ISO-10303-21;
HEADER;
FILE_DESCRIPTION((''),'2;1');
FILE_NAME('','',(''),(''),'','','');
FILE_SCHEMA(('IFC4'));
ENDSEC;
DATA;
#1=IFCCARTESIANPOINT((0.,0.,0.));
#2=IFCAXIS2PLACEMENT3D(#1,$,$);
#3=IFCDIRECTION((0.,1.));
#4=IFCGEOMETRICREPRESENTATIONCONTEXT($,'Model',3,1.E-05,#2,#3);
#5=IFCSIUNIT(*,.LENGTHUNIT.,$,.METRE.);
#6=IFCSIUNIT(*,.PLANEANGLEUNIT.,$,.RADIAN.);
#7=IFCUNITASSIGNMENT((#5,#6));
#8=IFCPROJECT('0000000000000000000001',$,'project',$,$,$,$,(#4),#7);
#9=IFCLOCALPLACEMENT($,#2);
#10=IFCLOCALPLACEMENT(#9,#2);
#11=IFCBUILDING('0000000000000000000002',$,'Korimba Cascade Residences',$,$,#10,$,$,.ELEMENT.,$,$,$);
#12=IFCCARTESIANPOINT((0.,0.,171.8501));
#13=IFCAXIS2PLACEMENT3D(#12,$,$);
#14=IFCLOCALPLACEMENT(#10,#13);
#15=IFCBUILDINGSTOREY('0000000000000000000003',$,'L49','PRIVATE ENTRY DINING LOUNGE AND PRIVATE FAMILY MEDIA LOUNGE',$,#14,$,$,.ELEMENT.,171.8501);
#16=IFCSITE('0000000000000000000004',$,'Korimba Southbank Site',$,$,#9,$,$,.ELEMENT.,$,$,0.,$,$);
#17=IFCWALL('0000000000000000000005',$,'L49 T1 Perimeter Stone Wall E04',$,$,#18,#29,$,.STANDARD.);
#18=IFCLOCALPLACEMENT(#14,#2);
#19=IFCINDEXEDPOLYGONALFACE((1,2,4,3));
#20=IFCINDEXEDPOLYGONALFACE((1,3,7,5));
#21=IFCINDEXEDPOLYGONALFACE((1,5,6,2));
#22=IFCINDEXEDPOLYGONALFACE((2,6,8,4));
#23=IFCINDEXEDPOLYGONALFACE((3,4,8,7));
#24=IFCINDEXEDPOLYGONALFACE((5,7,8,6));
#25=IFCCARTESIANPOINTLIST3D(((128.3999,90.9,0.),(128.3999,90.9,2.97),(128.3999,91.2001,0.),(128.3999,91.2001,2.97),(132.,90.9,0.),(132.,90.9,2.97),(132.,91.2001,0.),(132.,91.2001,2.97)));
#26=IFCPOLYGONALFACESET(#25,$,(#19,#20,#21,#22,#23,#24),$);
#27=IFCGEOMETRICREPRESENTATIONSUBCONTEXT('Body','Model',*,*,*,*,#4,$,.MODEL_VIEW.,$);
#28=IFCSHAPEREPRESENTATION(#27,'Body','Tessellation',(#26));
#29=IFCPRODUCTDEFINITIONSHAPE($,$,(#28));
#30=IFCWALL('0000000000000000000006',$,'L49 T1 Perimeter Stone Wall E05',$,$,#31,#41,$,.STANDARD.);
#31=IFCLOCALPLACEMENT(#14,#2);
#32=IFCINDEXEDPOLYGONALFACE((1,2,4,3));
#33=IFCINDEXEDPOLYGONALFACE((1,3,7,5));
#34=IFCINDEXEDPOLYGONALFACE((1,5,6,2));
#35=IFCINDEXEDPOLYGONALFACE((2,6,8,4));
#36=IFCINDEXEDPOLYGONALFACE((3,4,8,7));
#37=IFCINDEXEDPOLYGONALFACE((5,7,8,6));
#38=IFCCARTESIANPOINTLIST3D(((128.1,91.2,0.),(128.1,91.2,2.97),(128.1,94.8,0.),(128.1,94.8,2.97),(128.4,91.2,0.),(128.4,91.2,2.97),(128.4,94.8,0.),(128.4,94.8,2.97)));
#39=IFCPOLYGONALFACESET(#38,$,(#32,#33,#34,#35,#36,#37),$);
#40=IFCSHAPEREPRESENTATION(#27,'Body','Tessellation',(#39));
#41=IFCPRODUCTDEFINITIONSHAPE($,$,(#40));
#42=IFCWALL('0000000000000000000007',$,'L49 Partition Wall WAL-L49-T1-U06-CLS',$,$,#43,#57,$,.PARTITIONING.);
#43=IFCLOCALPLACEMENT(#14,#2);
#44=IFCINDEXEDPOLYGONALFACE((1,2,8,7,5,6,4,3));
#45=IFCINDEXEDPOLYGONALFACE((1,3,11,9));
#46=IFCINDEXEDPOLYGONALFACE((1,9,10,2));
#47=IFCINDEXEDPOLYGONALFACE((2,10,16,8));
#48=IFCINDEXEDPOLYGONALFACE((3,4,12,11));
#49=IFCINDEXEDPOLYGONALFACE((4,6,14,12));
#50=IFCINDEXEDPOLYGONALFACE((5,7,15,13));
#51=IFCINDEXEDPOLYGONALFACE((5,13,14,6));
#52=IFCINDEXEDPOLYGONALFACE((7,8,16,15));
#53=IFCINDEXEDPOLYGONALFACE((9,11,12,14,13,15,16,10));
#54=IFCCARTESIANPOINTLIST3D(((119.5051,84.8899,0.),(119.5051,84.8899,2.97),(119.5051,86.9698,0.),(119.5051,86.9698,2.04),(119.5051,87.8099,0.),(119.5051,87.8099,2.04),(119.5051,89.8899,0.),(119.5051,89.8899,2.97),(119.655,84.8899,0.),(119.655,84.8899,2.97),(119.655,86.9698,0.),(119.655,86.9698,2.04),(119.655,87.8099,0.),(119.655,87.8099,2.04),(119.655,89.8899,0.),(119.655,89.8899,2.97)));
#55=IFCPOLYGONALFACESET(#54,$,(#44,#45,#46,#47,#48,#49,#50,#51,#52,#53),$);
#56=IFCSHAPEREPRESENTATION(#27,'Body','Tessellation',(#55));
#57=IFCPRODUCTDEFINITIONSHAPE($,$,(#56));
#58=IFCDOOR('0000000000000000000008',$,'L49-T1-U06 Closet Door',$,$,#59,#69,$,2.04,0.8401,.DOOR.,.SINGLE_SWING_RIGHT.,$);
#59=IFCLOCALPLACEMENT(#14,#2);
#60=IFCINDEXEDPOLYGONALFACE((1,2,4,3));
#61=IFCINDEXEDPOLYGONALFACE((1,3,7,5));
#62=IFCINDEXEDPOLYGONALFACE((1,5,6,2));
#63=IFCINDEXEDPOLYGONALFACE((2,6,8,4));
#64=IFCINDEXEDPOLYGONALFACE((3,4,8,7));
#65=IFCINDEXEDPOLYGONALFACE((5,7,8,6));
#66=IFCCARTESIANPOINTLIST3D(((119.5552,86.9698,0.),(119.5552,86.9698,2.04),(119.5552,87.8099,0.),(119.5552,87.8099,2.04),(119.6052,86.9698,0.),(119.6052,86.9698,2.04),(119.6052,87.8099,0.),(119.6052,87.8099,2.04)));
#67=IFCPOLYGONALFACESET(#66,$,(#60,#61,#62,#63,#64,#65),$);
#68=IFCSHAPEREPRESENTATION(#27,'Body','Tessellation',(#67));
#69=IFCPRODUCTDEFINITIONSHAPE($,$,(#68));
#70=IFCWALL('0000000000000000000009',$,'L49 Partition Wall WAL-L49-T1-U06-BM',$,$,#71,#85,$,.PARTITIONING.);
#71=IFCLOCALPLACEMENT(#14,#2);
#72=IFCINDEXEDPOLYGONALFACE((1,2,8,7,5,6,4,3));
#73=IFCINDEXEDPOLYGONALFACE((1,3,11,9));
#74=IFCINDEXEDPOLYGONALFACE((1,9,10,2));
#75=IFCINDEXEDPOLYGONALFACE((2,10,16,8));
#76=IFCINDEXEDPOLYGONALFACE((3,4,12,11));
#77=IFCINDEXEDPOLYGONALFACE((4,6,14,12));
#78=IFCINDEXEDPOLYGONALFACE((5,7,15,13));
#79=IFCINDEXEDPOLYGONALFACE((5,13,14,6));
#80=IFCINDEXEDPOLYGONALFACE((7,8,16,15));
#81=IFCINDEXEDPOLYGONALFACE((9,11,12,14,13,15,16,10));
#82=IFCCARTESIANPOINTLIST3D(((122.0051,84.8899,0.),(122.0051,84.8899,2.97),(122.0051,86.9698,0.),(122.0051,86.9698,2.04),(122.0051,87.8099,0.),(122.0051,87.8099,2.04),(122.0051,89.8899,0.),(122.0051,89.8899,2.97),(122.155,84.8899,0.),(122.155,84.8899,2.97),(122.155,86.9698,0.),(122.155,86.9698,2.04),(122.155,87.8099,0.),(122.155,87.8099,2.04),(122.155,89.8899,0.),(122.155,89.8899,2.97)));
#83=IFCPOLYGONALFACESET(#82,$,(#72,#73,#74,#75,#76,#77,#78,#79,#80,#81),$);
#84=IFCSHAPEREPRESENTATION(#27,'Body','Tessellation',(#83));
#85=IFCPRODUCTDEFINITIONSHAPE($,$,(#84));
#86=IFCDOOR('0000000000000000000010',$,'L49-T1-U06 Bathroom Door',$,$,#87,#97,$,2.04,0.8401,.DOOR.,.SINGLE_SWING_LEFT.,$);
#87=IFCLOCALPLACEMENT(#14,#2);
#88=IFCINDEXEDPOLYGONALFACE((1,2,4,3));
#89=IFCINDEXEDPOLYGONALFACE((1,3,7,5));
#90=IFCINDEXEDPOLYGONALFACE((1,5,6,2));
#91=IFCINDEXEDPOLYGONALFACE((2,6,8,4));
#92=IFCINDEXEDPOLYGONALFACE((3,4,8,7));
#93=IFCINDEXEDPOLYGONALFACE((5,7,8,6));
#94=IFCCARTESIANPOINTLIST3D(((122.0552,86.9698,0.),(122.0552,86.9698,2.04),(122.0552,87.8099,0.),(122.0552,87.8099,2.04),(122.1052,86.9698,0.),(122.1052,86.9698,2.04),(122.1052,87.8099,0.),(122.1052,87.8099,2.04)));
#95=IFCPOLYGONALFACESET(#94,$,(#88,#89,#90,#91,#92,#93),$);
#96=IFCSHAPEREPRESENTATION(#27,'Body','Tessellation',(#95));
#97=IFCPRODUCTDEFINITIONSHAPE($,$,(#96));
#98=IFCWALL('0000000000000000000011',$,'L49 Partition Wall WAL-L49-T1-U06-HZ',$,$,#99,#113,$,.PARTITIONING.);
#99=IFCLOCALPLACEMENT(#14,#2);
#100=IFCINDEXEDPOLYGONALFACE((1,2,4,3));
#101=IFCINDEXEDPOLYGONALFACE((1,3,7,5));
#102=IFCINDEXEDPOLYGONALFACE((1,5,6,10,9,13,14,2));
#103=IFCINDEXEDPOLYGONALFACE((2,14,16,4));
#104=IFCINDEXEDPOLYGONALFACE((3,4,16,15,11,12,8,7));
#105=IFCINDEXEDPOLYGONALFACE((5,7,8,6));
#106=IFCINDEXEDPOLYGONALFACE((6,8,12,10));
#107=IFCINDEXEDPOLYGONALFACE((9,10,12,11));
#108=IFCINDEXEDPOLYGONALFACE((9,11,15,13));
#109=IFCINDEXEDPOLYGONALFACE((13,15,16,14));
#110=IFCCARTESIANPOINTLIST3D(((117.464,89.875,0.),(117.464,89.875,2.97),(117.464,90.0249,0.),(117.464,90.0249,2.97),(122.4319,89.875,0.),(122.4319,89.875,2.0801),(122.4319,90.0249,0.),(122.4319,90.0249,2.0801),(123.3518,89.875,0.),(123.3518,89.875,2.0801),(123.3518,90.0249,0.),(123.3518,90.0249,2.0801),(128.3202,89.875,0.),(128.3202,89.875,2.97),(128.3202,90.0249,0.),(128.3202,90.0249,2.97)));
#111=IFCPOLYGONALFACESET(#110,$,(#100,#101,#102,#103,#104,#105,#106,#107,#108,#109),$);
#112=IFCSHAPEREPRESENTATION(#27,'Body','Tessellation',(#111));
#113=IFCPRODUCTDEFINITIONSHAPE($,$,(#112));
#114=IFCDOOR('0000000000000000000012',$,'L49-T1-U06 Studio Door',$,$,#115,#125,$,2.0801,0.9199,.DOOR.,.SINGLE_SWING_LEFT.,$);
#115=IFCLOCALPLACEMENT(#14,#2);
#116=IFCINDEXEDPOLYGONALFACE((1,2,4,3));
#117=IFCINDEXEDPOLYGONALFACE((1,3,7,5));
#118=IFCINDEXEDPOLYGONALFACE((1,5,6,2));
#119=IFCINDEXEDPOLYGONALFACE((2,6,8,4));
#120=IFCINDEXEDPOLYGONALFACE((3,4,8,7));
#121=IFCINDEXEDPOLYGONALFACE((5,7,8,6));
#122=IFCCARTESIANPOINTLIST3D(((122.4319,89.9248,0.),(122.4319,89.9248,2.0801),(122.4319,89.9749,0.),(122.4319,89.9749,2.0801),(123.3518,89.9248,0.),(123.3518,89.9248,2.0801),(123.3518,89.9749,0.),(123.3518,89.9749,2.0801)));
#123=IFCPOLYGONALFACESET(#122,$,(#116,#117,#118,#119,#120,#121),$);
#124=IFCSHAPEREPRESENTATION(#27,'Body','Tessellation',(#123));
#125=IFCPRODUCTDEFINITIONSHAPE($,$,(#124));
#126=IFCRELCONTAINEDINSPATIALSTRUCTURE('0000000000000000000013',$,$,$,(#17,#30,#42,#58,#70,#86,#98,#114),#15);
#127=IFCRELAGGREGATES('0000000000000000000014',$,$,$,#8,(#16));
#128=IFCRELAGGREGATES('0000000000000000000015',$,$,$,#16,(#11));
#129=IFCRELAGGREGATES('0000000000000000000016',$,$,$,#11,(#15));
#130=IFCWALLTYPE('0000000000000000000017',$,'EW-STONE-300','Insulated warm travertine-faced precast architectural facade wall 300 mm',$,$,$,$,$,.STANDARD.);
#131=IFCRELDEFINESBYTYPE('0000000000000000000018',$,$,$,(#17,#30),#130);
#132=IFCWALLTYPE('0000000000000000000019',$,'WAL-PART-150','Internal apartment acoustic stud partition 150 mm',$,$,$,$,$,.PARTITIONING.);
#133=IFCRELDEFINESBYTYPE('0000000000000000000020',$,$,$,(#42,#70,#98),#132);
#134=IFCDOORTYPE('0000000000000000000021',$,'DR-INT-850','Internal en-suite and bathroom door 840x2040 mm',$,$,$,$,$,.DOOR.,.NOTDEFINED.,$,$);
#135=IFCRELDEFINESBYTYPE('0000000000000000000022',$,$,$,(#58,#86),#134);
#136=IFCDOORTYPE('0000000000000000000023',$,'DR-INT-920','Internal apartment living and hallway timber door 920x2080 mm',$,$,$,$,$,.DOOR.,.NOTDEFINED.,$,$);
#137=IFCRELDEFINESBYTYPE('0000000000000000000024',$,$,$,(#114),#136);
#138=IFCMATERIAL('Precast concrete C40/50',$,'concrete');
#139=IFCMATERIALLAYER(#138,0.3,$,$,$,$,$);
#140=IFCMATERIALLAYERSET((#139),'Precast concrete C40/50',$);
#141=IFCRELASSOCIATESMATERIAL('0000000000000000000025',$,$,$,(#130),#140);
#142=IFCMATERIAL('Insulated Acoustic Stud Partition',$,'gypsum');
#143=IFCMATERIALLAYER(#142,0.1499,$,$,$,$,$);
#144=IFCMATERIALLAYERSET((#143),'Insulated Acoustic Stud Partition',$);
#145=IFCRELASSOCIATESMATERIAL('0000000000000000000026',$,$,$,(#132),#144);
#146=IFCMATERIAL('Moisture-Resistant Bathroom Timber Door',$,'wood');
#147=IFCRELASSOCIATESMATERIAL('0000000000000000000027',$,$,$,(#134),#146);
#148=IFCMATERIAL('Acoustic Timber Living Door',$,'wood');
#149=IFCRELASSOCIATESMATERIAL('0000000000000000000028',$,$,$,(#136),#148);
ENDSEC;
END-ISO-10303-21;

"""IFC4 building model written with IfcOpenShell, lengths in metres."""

from ifc_helpers import new_model, si_unit, direction, frame, frame_2d, origin, place, context, subcontext, project, spatial, rectangle, extrude, material, layer, layer_set, type_object, element, fill, save


model = new_model("IFC4")

# Units and contexts
model_context = context("Model", 3, precision=1e-05, world=origin(), true_north=direction((0.0, 1.0)))
body_context = subcontext(model_context, "Body", "Model", "MODEL_VIEW")
ifc_project = project(units=[si_unit("LENGTHUNIT", "METRE"), si_unit("PLANEANGLEUNIT", "RADIAN")], contexts=[model_context])

# Site, building, storey
site_placement = place(None, origin())
site = spatial("IfcSite", under=ifc_project, at=site_placement, Name="Korimba Southbank Site", CompositionType="ELEMENT", RefElevation=0.0)
building_placement = place(site_placement, origin())
building = spatial("IfcBuilding", under=site, at=building_placement, Name="Korimba Cascade Residences", CompositionType="ELEMENT")
storey_placement = place(building_placement, frame((0.0, 0.0, 171.8501)))
storey = spatial("IfcBuildingStorey", under=building, at=storey_placement, Name="L49", Description="PRIVATE ENTRY DINING LOUNGE AND PRIVATE FAMILY MEDIA LOUNGE", CompositionType="ELEMENT", Elevation=171.8501)

# Shared definitions
ifc_material_1 = material(Name="Precast concrete C40/50", Category="concrete")

# Walls
ifc_layer_1 = layer(ifc_material_1, 0.3)
ifc_layer_set_1 = layer_set([ifc_layer_1], Name="Precast concrete C40/50")
wall_type_1 = type_object("IfcWallType", Name="EW-STONE-300", Description="Insulated warm travertine-faced precast architectural facade wall 300 mm", PredefinedType="STANDARD", material=ifc_layer_set_1)
for number, where, z_axis, x_axis, name in (
    (1, (132.0, 91.05, 0.0), (0.0, 0.0, 1.0), (-1.0, 0.0, 0.0), "L49 T1 Perimeter Stone Wall E04"),
    (2, (128.25, 91.2, 0.0), (0.0, 0.0, 1.0), (0.0, 1.0, 0.0), "L49 T1 Perimeter Stone Wall E05"),
):
    element("IfcWall", number, at=place(storey_placement, frame(where, z_axis=z_axis, x_axis=x_axis)), inside=storey, type_object=wall_type_1, Name=name, PredefinedType="STANDARD", context=body_context, shape_type="SweptSolid", body=[
        extrude(rectangle(XDim=3.6001, YDim=0.3, at=frame_2d((1.8, 0.0))), origin(), (0.0, 0.0, 1.0), 2.97),
    ])

# Walls, openings, doors
ifc_material_2 = material(Name="Insulated Acoustic Stud Partition", Category="gypsum")
ifc_layer_2 = layer(ifc_material_2, 0.1499)
ifc_layer_set_2 = layer_set([ifc_layer_2], Name="Insulated Acoustic Stud Partition")
wall_type_2 = type_object("IfcWallType", Name="WAL-PART-150", Description="Internal apartment acoustic stud partition 150 mm", PredefinedType="PARTITIONING", material=ifc_layer_set_2)
wall_1_placement = place(storey_placement, frame((119.5801, 84.8899, 0.0), z_axis=(0.0, 0.0, 1.0), x_axis=(0.0, 1.0, 0.0)))
wall_1 = element("IfcWall", 3, at=wall_1_placement, inside=storey, type_object=wall_type_2, Name="L49 Partition Wall WAL-L49-T1-U06-CLS", PredefinedType="PARTITIONING", context=body_context, shape_type="SweptSolid", body=[
    extrude(rectangle(XDim=5.0, YDim=0.1499, at=frame_2d((2.5, 0.0))), origin(), (0.0, 0.0, 1.0), 2.97),
])
opening_1_placement = place(wall_1_placement, frame((2.0801, 0.0, 0.0)))
opening_1 = element("IfcOpeningElement", 4, at=opening_1_placement, cuts=wall_1, PredefinedType="OPENING", context=body_context, shape_type="SweptSolid", body=[
    extrude(rectangle(XDim=0.8401, YDim=2.04, at=frame_2d((0.4199, 1.02))), frame((0.0, 0.085, 0.0), z_axis=(0.0, -1.0, 0.0), x_axis=(1.0, 0.0, 0.0)), (0.0, 0.0, 1.0), 0.1699),
])
ifc_material_3 = material(Name="Moisture-Resistant Bathroom Timber Door", Category="wood")
door_type_1 = type_object("IfcDoorType", Name="DR-INT-850", Description="Internal en-suite and bathroom door 840x2040 mm", OperationType="NOTDEFINED", PredefinedType="DOOR", material=ifc_material_3)
door_1_placement = place(opening_1_placement, origin())
door_1 = element("IfcDoor", 5, at=door_1_placement, inside=storey, type_object=door_type_1, Name="L49-T1-U06 Closet Door", OperationType="SINGLE_SWING_RIGHT", OverallHeight=2.04, OverallWidth=0.8401, PredefinedType="DOOR", context=body_context, shape_type="SweptSolid", body=[
    extrude(rectangle(XDim=0.8401, YDim=2.04, at=frame_2d((0.4199, 1.02))), frame((0.0, 0.0249, 0.0), z_axis=(0.0, -1.0, 0.0), x_axis=(1.0, 0.0, 0.0)), (0.0, 0.0, 1.0), 0.05),
])
fill(opening_1, door_1)
wall_2_placement = place(storey_placement, frame((122.0801, 84.8899, 0.0), z_axis=(0.0, 0.0, 1.0), x_axis=(0.0, 1.0, 0.0)))
wall_2 = element("IfcWall", 6, at=wall_2_placement, inside=storey, type_object=wall_type_2, Name="L49 Partition Wall WAL-L49-T1-U06-BM", PredefinedType="PARTITIONING", context=body_context, shape_type="SweptSolid", body=[
    extrude(rectangle(XDim=5.0, YDim=0.1499, at=frame_2d((2.5, 0.0))), origin(), (0.0, 0.0, 1.0), 2.97),
])
opening_2_placement = place(wall_2_placement, frame((2.0801, 0.0, 0.0)))
opening_2 = element("IfcOpeningElement", 7, at=opening_2_placement, cuts=wall_2, PredefinedType="OPENING", context=body_context, shape_type="SweptSolid", body=[
    extrude(rectangle(XDim=0.8401, YDim=2.04, at=frame_2d((0.4199, 1.02))), frame((0.0, 0.085, 0.0), z_axis=(0.0, -1.0, 0.0), x_axis=(1.0, 0.0, 0.0)), (0.0, 0.0, 1.0), 0.1699),
])
door_2_placement = place(opening_2_placement, origin())
door_2 = element("IfcDoor", 8, at=door_2_placement, inside=storey, type_object=door_type_1, Name="L49-T1-U06 Bathroom Door", OperationType="SINGLE_SWING_LEFT", OverallHeight=2.04, OverallWidth=0.8401, PredefinedType="DOOR", context=body_context, shape_type="SweptSolid", body=[
    extrude(rectangle(XDim=0.8401, YDim=2.04, at=frame_2d((0.4199, 1.02))), frame((0.0, 0.0249, 0.0), z_axis=(0.0, -1.0, 0.0), x_axis=(1.0, 0.0, 0.0)), (0.0, 0.0, 1.0), 0.05),
])
fill(opening_2, door_2)
wall_3_placement = place(storey_placement, frame((117.4639, 89.95, 0.0), z_axis=(0.0, 0.0, 1.0), x_axis=(1.0, 0.0, 0.0)))
wall_3 = element("IfcWall", 9, at=wall_3_placement, inside=storey, type_object=wall_type_2, Name="L49 Partition Wall WAL-L49-T1-U06-HZ", PredefinedType="PARTITIONING", context=body_context, shape_type="SweptSolid", body=[
    extrude(rectangle(XDim=10.8562, YDim=0.1499, at=frame_2d((5.4282, 0.0))), origin(), (0.0, 0.0, 1.0), 2.97),
])
opening_3_placement = place(wall_3_placement, frame((4.968, 0.0, 0.0)))
opening_3 = element("IfcOpeningElement", 10, at=opening_3_placement, cuts=wall_3, PredefinedType="OPENING", context=body_context, shape_type="SweptSolid", body=[
    extrude(rectangle(XDim=0.9199, YDim=2.0801, at=frame_2d((0.46, 1.04))), frame((0.0, 0.085, 0.0), z_axis=(0.0, -1.0, 0.0), x_axis=(1.0, 0.0, 0.0)), (0.0, 0.0, 1.0), 0.1699),
])
ifc_material_4 = material(Name="Acoustic Timber Living Door", Category="wood")
door_type_2 = type_object("IfcDoorType", Name="DR-INT-920", Description="Internal apartment living and hallway timber door 920x2080 mm", OperationType="NOTDEFINED", PredefinedType="DOOR", material=ifc_material_4)
door_3_placement = place(opening_3_placement, origin())
door_3 = element("IfcDoor", 11, at=door_3_placement, inside=storey, type_object=door_type_2, Name="L49-T1-U06 Studio Door", OperationType="SINGLE_SWING_LEFT", OverallHeight=2.0801, OverallWidth=0.9199, PredefinedType="DOOR", context=body_context, shape_type="SweptSolid", body=[
    extrude(rectangle(XDim=0.9199, YDim=2.0801, at=frame_2d((0.46, 1.04))), frame((0.0, 0.0249, 0.0), z_axis=(0.0, -1.0, 0.0), x_axis=(1.0, 0.0, 0.0)), (0.0, 0.0, 1.0), 0.05),
])
fill(opening_3, door_3)

save(model, "model.ifc")
